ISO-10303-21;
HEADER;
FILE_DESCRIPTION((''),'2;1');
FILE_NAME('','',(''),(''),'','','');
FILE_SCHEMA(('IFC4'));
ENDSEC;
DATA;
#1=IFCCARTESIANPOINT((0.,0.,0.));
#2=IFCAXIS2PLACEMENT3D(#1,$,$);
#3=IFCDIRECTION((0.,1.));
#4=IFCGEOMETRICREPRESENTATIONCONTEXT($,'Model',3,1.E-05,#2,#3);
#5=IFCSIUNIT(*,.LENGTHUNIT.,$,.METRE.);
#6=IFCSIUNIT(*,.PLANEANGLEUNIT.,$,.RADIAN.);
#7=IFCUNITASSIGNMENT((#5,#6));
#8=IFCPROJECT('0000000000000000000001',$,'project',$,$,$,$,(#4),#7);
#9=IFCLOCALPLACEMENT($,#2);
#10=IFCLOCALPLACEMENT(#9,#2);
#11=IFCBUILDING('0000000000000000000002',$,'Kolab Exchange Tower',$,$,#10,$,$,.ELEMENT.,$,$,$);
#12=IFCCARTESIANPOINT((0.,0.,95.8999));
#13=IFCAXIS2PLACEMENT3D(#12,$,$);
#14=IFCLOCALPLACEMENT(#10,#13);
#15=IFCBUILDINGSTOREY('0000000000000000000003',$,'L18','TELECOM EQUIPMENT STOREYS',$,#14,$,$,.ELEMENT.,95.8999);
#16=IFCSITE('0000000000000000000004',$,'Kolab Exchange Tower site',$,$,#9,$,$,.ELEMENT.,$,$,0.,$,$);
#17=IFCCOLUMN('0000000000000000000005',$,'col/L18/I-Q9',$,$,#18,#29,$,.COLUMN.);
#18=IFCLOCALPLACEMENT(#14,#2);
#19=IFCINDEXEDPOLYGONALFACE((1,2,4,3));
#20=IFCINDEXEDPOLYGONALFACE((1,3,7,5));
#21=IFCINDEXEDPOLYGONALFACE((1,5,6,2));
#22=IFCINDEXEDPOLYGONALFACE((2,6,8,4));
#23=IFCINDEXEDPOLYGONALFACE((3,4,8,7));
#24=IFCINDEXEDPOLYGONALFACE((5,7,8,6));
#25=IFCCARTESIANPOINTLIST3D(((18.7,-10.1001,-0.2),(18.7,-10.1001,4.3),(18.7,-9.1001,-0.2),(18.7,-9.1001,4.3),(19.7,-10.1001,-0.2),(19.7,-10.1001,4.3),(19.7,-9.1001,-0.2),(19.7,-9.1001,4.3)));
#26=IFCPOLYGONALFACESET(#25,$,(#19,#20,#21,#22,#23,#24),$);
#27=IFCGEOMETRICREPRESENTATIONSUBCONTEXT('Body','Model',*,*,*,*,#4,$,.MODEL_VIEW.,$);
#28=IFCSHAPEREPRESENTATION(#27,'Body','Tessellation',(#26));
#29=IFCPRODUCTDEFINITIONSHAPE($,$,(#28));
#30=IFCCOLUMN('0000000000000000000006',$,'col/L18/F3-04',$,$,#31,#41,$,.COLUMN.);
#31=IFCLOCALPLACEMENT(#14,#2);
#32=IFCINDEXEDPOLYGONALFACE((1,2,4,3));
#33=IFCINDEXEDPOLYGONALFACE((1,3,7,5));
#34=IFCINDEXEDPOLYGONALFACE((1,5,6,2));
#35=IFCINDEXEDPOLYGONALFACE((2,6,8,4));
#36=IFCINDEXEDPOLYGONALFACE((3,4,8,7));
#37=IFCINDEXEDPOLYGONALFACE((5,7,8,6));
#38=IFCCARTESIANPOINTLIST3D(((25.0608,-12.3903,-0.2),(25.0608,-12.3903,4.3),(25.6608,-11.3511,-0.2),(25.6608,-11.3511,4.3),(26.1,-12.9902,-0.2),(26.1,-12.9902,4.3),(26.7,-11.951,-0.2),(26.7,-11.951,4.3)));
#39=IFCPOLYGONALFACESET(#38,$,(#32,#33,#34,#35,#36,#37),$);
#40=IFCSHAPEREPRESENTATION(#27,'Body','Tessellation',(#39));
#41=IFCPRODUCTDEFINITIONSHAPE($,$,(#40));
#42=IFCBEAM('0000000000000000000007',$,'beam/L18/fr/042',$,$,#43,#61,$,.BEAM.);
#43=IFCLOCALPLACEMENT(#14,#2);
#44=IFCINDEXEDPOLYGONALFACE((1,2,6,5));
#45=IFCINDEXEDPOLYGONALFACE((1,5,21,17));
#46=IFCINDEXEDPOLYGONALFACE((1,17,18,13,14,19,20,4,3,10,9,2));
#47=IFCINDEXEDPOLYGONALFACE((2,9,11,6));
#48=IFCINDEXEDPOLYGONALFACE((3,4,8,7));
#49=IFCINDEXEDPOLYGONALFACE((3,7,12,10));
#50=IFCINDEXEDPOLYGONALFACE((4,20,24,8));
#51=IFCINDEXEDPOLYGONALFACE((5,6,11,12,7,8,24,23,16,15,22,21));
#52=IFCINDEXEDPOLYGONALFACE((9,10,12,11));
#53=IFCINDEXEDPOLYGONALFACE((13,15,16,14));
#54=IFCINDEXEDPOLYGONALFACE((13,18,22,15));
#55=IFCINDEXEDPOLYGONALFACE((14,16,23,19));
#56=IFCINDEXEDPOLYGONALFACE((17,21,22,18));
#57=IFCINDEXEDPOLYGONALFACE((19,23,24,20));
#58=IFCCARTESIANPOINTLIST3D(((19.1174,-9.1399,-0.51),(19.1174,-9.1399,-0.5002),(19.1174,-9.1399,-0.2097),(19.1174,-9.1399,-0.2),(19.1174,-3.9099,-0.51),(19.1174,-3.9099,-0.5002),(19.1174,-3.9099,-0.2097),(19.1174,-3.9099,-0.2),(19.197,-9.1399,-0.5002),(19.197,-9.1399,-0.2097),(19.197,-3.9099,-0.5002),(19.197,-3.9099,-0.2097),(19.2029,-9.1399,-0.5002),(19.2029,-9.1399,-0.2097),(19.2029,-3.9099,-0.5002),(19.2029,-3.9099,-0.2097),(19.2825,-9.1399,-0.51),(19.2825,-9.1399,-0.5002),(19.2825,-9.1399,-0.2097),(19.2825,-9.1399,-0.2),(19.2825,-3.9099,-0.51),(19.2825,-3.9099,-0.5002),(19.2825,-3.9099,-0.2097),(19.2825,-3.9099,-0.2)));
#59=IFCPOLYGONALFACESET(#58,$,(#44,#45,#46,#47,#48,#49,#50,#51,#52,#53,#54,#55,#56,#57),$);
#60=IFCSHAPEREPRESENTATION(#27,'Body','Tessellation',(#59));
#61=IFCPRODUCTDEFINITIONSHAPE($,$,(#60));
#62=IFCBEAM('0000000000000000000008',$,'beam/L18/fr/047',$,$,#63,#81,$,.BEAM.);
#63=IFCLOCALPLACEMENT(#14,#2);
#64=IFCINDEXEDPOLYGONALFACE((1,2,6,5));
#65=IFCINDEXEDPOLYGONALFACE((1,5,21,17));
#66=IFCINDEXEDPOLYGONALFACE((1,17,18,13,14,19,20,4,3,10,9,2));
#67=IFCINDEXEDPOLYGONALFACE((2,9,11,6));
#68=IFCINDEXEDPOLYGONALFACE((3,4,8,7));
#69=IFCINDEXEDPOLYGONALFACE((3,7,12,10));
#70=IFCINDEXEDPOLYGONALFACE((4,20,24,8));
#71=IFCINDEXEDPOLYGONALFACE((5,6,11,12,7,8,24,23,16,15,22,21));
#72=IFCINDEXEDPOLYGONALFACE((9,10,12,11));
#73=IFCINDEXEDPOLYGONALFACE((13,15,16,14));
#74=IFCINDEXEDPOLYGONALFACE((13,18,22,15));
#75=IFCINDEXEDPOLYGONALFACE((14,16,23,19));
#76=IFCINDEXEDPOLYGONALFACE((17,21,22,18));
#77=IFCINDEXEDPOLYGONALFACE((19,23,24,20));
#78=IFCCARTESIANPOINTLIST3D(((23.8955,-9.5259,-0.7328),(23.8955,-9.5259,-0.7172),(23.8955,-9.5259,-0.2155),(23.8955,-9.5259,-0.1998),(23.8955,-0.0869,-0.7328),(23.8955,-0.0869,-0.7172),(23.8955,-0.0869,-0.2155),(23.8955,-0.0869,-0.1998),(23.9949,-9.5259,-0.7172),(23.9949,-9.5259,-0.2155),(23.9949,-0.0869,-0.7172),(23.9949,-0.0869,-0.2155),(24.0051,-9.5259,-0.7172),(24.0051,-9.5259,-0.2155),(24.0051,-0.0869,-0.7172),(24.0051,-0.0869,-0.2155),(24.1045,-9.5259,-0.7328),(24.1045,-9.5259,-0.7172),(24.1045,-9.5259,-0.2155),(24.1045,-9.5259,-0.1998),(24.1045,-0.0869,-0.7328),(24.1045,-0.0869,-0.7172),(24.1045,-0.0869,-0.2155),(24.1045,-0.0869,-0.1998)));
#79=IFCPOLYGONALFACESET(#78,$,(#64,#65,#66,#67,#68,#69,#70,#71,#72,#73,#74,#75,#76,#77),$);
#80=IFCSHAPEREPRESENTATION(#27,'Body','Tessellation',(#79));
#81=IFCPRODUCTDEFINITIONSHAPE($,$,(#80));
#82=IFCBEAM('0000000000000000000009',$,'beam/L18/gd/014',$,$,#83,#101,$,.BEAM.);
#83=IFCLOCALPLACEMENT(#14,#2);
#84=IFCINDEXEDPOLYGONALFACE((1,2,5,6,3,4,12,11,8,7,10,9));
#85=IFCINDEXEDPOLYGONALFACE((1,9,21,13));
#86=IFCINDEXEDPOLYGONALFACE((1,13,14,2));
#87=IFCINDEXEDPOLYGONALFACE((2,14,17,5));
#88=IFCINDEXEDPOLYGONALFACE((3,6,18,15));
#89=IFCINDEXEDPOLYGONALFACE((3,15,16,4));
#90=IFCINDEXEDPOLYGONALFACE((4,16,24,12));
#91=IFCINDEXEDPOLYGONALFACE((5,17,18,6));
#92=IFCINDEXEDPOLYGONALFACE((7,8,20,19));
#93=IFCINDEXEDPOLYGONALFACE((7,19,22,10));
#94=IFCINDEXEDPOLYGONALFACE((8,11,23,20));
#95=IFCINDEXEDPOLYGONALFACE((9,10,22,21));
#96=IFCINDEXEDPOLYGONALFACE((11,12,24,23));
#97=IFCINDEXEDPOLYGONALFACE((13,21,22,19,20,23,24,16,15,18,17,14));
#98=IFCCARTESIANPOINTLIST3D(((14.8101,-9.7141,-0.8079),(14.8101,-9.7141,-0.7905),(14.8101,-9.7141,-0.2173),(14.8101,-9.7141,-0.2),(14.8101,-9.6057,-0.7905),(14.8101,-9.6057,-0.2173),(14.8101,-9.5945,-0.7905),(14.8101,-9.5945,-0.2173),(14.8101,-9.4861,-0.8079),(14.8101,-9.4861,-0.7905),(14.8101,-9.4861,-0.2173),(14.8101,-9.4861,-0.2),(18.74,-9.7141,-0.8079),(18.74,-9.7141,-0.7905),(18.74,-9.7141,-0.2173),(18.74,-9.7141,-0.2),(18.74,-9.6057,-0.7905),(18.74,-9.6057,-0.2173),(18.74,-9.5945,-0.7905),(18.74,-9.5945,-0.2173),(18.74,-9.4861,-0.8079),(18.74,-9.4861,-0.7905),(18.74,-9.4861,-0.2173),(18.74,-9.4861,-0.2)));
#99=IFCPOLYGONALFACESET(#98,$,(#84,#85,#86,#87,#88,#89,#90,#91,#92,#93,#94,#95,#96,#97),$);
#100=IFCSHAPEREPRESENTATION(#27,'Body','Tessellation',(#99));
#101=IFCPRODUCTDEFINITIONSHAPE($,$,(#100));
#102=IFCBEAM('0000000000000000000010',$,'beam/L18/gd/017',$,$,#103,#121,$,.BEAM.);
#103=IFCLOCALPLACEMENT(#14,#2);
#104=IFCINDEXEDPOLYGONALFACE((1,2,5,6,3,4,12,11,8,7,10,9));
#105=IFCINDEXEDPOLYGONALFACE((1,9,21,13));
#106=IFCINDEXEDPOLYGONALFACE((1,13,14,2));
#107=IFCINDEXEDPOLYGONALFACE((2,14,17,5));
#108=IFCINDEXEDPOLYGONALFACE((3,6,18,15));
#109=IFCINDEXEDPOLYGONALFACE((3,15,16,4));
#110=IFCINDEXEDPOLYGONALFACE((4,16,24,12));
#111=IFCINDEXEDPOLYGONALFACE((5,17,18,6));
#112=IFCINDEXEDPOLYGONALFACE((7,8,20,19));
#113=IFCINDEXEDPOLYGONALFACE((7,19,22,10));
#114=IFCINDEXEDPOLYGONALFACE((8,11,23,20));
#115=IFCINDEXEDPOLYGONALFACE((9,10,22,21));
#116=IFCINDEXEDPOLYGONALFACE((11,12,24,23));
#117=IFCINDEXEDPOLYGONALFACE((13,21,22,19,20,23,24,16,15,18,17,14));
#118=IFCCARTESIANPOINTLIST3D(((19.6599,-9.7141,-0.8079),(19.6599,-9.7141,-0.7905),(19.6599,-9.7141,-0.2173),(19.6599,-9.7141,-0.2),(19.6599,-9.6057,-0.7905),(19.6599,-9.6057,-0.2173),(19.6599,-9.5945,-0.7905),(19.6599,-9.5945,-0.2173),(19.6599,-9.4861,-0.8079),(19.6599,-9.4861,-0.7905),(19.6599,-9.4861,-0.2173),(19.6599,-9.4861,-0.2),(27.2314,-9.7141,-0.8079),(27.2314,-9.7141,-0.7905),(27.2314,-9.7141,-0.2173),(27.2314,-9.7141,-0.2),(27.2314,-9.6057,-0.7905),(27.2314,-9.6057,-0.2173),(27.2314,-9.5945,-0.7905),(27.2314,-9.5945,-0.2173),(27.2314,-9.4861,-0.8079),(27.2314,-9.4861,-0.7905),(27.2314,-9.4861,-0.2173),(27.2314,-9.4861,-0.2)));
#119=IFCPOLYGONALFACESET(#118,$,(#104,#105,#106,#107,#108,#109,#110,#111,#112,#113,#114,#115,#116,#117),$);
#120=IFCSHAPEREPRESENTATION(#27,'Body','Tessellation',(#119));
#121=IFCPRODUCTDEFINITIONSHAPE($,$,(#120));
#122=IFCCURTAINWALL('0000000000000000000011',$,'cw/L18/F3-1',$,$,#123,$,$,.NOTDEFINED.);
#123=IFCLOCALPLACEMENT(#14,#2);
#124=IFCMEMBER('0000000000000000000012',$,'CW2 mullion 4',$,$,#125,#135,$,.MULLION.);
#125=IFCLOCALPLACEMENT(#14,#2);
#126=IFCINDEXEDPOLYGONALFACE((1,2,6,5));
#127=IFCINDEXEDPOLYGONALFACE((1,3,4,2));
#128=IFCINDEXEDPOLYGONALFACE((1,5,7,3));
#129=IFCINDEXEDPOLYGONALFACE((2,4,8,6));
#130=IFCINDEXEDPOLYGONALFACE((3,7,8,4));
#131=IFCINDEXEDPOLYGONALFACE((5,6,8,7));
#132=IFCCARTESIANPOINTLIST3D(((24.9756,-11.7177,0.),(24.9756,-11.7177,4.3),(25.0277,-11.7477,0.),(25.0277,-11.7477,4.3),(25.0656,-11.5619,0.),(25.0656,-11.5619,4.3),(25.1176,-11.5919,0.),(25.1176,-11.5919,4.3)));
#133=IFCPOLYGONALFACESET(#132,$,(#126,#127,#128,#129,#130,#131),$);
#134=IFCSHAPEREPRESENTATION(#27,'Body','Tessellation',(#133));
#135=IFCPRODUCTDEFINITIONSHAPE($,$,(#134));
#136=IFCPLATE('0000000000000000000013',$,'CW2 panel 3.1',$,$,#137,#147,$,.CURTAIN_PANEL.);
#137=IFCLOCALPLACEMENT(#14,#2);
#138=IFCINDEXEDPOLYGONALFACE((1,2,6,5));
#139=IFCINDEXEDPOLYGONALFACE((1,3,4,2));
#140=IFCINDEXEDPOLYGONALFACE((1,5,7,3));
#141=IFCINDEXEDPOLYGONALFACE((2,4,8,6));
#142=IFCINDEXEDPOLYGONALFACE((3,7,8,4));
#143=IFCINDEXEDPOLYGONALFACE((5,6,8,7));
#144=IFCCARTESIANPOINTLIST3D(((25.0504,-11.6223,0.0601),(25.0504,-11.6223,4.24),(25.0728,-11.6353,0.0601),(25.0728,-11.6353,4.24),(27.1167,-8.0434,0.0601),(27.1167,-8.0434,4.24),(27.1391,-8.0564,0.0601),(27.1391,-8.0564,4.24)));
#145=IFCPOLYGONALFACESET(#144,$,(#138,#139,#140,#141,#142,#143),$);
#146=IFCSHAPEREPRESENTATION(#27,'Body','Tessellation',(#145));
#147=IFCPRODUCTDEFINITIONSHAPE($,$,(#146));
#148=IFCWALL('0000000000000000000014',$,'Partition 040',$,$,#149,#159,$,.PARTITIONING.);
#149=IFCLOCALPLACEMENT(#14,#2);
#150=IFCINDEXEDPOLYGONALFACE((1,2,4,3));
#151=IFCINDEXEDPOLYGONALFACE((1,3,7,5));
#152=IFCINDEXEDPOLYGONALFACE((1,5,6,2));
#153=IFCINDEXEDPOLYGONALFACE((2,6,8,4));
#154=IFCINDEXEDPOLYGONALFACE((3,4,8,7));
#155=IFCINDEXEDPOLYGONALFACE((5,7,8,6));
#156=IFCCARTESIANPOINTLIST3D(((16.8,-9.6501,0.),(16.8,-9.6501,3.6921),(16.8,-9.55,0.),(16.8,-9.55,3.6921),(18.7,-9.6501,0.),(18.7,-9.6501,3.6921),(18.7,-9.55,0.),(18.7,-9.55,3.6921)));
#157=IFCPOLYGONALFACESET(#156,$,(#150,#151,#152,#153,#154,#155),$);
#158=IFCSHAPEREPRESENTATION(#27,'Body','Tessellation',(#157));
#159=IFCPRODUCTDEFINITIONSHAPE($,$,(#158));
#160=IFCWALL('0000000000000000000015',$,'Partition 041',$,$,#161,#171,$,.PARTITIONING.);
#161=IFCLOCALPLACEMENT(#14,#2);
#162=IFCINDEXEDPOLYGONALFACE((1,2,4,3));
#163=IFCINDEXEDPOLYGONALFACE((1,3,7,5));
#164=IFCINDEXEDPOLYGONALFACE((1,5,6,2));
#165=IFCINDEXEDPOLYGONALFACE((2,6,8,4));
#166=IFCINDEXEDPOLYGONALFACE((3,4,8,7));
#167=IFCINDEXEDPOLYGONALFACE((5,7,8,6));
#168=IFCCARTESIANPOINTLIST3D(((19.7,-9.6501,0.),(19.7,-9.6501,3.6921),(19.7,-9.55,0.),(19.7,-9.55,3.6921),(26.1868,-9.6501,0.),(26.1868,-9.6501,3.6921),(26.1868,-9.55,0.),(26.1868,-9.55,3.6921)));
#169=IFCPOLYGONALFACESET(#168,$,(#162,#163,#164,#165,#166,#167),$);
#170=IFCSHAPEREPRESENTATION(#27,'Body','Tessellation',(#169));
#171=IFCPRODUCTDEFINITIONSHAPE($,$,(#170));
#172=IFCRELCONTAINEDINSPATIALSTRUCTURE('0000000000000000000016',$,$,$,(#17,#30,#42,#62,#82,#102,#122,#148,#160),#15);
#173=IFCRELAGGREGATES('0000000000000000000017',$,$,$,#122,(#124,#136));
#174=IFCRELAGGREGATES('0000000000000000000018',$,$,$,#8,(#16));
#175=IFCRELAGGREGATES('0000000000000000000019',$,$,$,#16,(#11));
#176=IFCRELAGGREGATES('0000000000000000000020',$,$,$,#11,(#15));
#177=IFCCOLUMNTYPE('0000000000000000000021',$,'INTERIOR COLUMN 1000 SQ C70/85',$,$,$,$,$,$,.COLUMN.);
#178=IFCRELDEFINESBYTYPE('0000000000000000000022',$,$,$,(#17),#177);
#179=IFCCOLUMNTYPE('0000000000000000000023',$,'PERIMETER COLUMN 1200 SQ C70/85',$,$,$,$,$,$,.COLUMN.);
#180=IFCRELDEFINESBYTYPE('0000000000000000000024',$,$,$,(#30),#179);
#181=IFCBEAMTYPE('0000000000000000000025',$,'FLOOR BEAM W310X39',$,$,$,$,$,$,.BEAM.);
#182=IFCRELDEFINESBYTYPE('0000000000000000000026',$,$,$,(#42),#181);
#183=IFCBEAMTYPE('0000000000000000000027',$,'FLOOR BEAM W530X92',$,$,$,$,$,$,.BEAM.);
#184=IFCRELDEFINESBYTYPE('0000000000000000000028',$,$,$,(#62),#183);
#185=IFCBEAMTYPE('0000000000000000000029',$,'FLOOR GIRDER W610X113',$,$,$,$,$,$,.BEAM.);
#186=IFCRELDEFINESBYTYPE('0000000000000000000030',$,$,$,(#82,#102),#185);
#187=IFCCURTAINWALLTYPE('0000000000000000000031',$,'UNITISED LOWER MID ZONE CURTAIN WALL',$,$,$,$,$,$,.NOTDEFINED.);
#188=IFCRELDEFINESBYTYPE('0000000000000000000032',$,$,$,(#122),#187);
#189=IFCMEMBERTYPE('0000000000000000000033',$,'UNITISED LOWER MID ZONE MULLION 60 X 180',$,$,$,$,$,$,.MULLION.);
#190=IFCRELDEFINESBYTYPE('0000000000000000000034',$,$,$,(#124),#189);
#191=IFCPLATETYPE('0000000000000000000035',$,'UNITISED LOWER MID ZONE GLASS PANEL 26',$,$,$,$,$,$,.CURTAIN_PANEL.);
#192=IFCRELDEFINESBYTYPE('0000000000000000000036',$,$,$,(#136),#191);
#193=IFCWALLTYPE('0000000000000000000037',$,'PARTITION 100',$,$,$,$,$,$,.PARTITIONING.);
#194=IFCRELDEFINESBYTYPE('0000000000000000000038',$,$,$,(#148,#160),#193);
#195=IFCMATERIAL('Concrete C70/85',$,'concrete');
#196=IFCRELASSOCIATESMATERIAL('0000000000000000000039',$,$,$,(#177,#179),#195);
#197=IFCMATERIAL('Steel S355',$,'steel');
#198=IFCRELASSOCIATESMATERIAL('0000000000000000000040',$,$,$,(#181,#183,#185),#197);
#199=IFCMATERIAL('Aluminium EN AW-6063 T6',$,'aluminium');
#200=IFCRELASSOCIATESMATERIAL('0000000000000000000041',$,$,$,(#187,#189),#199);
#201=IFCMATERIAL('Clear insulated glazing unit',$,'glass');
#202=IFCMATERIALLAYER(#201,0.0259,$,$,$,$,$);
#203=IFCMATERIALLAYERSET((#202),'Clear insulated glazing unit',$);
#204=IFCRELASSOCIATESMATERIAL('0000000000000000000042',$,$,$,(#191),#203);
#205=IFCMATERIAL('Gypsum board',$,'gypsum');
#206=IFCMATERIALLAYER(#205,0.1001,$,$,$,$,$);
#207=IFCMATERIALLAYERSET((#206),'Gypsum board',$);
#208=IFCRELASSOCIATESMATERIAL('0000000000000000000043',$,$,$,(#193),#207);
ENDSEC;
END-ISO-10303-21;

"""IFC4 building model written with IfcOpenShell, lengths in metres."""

from ifc_helpers import new_model, si_unit, direction, frame, frame_2d, origin, origin_2d, place, context, subcontext, project, spatial, rectangle, i_section, extrude, material, layer, layer_set, material_profile, profile_set, type_object, element, aggregate, save


model = new_model("IFC4")

# Units and contexts
model_context = context("Model", 3, precision=1e-05, world=origin(), true_north=direction((0.0, 1.0)))
body_context = subcontext(model_context, "Body", "Model", "MODEL_VIEW")
ifc_project = project(units=[si_unit("LENGTHUNIT", "METRE"), si_unit("PLANEANGLEUNIT", "RADIAN")], contexts=[model_context])

# Site, building, storey
site_placement = place(None, origin())
site = spatial("IfcSite", under=ifc_project, at=site_placement, Name="Kolab Exchange Tower site", CompositionType="ELEMENT", RefElevation=0.0)
building_placement = place(site_placement, origin())
building = spatial("IfcBuilding", under=site, at=building_placement, Name="Kolab Exchange Tower", CompositionType="ELEMENT")
storey_placement = place(building_placement, frame((0.0, 0.0, 95.8999)))
storey = spatial("IfcBuildingStorey", under=building, at=storey_placement, Name="L18", Description="TELECOM EQUIPMENT STOREYS", CompositionType="ELEMENT", Elevation=95.8999)

# Columns
ifc_material_1 = material(Name="Concrete C70/85", Category="concrete")
ifc_material_profile_1 = material_profile(ifc_material_1, rectangle(XDim=1.0, YDim=1.0, at=origin_2d()), Name="RC1000")
ifc_profile_set_1 = profile_set([ifc_material_profile_1], Name="Concrete C70/85")
column_type_1 = type_object("IfcColumnType", Name="INTERIOR COLUMN 1000 SQ C70/85", PredefinedType="COLUMN", material=ifc_profile_set_1)
column_1_placement = place(storey_placement, frame((19.2, -9.6001, -0.2), z_axis=(0.0, 0.0, 1.0), x_axis=(1.0, 0.0, 0.0)))
element("IfcColumn", 1, at=column_1_placement, inside=storey, type_object=column_type_1, Name="col/L18/I-Q9", PredefinedType="COLUMN", context=body_context, shape_type="SweptSolid", body=[
    extrude(rectangle(XDim=1.0, YDim=1.0, at=origin_2d()), origin(), (0.0, 0.0, 1.0), 4.5),
])
ifc_material_profile_2 = material_profile(ifc_material_1, rectangle(XDim=1.2, YDim=1.2, at=origin_2d()), Name="RC1200")
ifc_profile_set_2 = profile_set([ifc_material_profile_2], Name="Concrete C70/85")
column_type_2 = type_object("IfcColumnType", Name="PERIMETER COLUMN 1200 SQ C70/85", PredefinedType="COLUMN", material=ifc_profile_set_2)
column_2_placement = place(storey_placement, frame((25.8804, -12.1707, -0.2), z_axis=(0.0, 0.0, 1.0), x_axis=(0.5, 0.866025, 0.0)))
element("IfcColumn", 2, at=column_2_placement, inside=storey, type_object=column_type_2, Name="col/L18/F3-04", PredefinedType="COLUMN", context=body_context, shape_type="SweptSolid", body=[
    extrude(rectangle(XDim=1.2, YDim=1.2, at=origin_2d()), origin(), (0.0, 0.0, 1.0), 4.5),
])

# Beams
ifc_material_2 = material(Name="Steel S355", Category="steel")
ifc_material_profile_3 = material_profile(ifc_material_2, i_section(OverallWidth=0.165, OverallDepth=0.3101, WebThickness=0.0059, FlangeThickness=0.0098, at=origin_2d()), Name="W310X39")
ifc_profile_set_3 = profile_set([ifc_material_profile_3], Name="Steel S355")
beam_type_1 = type_object("IfcBeamType", Name="FLOOR BEAM W310X39", PredefinedType="BEAM", material=ifc_profile_set_3)
beam_1_placement = place(storey_placement, frame((19.2, -9.1399, -0.355), z_axis=(0.0, 1.0, 0.0), x_axis=(-1.0, 0.0, 0.0)))
element("IfcBeam", 3, at=beam_1_placement, inside=storey, type_object=beam_type_1, Name="beam/L18/fr/042", PredefinedType="BEAM", context=body_context, shape_type="SweptSolid", body=[
    extrude(i_section(OverallWidth=0.165, OverallDepth=0.3101, WebThickness=0.0059, FlangeThickness=0.0098, at=origin_2d()), origin(), (0.0, 0.0, 1.0), 5.23),
])
ifc_material_profile_4 = material_profile(ifc_material_2, i_section(OverallWidth=0.209, OverallDepth=0.533, WebThickness=0.0103, FlangeThickness=0.0156, at=origin_2d()), Name="W530X92")
ifc_profile_set_4 = profile_set([ifc_material_profile_4], Name="Steel S355")
beam_type_2 = type_object("IfcBeamType", Name="FLOOR BEAM W530X92", PredefinedType="BEAM", material=ifc_profile_set_4)
beam_2_placement = place(storey_placement, frame((24.0, -9.5259, -0.4663), z_axis=(0.0, 1.0, 0.0), x_axis=(-1.0, 0.0, 0.0)))
element("IfcBeam", 4, at=beam_2_placement, inside=storey, type_object=beam_type_2, Name="beam/L18/fr/047", PredefinedType="BEAM", context=body_context, shape_type="SweptSolid", body=[
    extrude(i_section(OverallWidth=0.209, OverallDepth=0.533, WebThickness=0.0103, FlangeThickness=0.0156, at=origin_2d()), origin(), (0.0, 0.0, 1.0), 9.439),
])
ifc_material_profile_5 = material_profile(ifc_material_2, i_section(OverallWidth=0.228, OverallDepth=0.6079, WebThickness=0.0112, FlangeThickness=0.0173, at=origin_2d()), Name="W610X113")
ifc_profile_set_5 = profile_set([ifc_material_profile_5], Name="Steel S355")
beam_type_3 = type_object("IfcBeamType", Name="FLOOR GIRDER W610X113", PredefinedType="BEAM", material=ifc_profile_set_5)
beam_3_placement = place(storey_placement, frame((14.8101, -9.6001, -0.5039), z_axis=(1.0, 0.0, 0.0), x_axis=(0.0, 1.0, 0.0)))
element("IfcBeam", 5, at=beam_3_placement, inside=storey, type_object=beam_type_3, Name="beam/L18/gd/014", PredefinedType="BEAM", context=body_context, shape_type="SweptSolid", body=[
    extrude(i_section(OverallWidth=0.228, OverallDepth=0.6079, WebThickness=0.0112, FlangeThickness=0.0173, at=origin_2d()), origin(), (0.0, 0.0, 1.0), 3.9299),
])
beam_4_placement = place(storey_placement, frame((19.6599, -9.6001, -0.5039), z_axis=(1.0, 0.0, 0.0), x_axis=(0.0, 1.0, 0.0)))
element("IfcBeam", 6, at=beam_4_placement, inside=storey, type_object=beam_type_3, Name="beam/L18/gd/017", PredefinedType="BEAM", context=body_context, shape_type="SweptSolid", body=[
    extrude(i_section(OverallWidth=0.228, OverallDepth=0.6079, WebThickness=0.0112, FlangeThickness=0.0173, at=origin_2d()), origin(), (0.0, 0.0, 1.0), 7.5715),
])

# Curtain wall, member, plate
ifc_material_3 = material(Name="Aluminium EN AW-6063 T6", Category="aluminium")
curtain_wall_type = type_object("IfcCurtainWallType", Name="UNITISED LOWER MID ZONE CURTAIN WALL", PredefinedType="NOTDEFINED", material=ifc_material_3)
curtain_wall_placement = place(storey_placement, origin())
curtain_wall = element("IfcCurtainWall", 7, at=curtain_wall_placement, inside=storey, type_object=curtain_wall_type, Name="cw/L18/F3-1", PredefinedType="NOTDEFINED")
ifc_material_profile_6 = material_profile(ifc_material_3, rectangle(XDim=0.0601, YDim=0.1799, at=origin_2d()), Name="RECT 60X180")
ifc_profile_set_6 = profile_set([ifc_material_profile_6], Name="Aluminium EN AW-6063 T6")
member_type = type_object("IfcMemberType", Name="UNITISED LOWER MID ZONE MULLION 60 X 180", PredefinedType="MULLION", material=ifc_profile_set_6)
member_placement = place(storey_placement, frame((25.0466, -11.6548, 0.0), z_axis=(0.0, 0.0, 1.0), x_axis=(0.866025, -0.5, 0.0)))
member = element("IfcMember", 8, at=member_placement, type_object=member_type, Name="CW2 mullion 4", PredefinedType="MULLION", context=body_context, shape_type="SweptSolid", body=[
    extrude(rectangle(XDim=0.0601, YDim=0.1799, at=origin_2d()), origin(), (0.0, 0.0, 1.0), 4.3),
])
ifc_material_4 = material(Name="Clear insulated glazing unit", Category="glass")
ifc_layer_1 = layer(ifc_material_4, 0.0259)
ifc_layer_set_1 = layer_set([ifc_layer_1], Name="Clear insulated glazing unit")
plate_type = type_object("IfcPlateType", Name="UNITISED LOWER MID ZONE GLASS PANEL 26", PredefinedType="CURTAIN_PANEL", material=ifc_layer_set_1)
plate_placement = place(storey_placement, frame((26.0947, -9.8394, 0.0601), z_axis=(0.0, 0.0, 1.0), x_axis=(-0.5, -0.866025, 0.0)))
plate = element("IfcPlate", 9, at=plate_placement, type_object=plate_type, Name="CW2 panel 3.1", PredefinedType="CURTAIN_PANEL", context=body_context, shape_type="SweptSolid", body=[
    extrude(rectangle(XDim=4.1326, YDim=0.0259, at=origin_2d()), origin(), (0.0, 0.0, 1.0), 4.1799),
])
aggregate(curtain_wall, [member, plate])

# Walls
ifc_material_5 = material(Name="Gypsum board", Category="gypsum")
ifc_layer_2 = layer(ifc_material_5, 0.1001)
ifc_layer_set_2 = layer_set([ifc_layer_2], Name="Gypsum board")
wall_type_1 = type_object("IfcWallType", Name="PARTITION 100", PredefinedType="PARTITIONING", material=ifc_layer_set_2)
wall_1_placement = place(storey_placement, frame((16.8, -9.6001, 0.0), z_axis=(0.0, 0.0, 1.0), x_axis=(1.0, 0.0, 0.0)))
element("IfcWall", 10, at=wall_1_placement, inside=storey, type_object=wall_type_1, Name="Partition 040", PredefinedType="PARTITIONING", context=body_context, shape_type="SweptSolid", body=[
    extrude(rectangle(XDim=1.8999, YDim=0.1001, at=frame_2d((0.95, 0.0))), origin(), (0.0, 0.0, 1.0), 3.6921),
])
wall_2_placement = place(storey_placement, frame((19.7, -9.6001, 0.0), z_axis=(0.0, 0.0, 1.0), x_axis=(1.0, 0.0, 0.0)))
element("IfcWall", 11, at=wall_2_placement, inside=storey, type_object=wall_type_1, Name="Partition 041", PredefinedType="PARTITIONING", context=body_context, shape_type="SweptSolid", body=[
    extrude(rectangle(XDim=6.4868, YDim=0.1001, at=frame_2d((3.2434, 0.0))), origin(), (0.0, 0.0, 1.0), 3.6921),
])

save(model, "model.ifc")
